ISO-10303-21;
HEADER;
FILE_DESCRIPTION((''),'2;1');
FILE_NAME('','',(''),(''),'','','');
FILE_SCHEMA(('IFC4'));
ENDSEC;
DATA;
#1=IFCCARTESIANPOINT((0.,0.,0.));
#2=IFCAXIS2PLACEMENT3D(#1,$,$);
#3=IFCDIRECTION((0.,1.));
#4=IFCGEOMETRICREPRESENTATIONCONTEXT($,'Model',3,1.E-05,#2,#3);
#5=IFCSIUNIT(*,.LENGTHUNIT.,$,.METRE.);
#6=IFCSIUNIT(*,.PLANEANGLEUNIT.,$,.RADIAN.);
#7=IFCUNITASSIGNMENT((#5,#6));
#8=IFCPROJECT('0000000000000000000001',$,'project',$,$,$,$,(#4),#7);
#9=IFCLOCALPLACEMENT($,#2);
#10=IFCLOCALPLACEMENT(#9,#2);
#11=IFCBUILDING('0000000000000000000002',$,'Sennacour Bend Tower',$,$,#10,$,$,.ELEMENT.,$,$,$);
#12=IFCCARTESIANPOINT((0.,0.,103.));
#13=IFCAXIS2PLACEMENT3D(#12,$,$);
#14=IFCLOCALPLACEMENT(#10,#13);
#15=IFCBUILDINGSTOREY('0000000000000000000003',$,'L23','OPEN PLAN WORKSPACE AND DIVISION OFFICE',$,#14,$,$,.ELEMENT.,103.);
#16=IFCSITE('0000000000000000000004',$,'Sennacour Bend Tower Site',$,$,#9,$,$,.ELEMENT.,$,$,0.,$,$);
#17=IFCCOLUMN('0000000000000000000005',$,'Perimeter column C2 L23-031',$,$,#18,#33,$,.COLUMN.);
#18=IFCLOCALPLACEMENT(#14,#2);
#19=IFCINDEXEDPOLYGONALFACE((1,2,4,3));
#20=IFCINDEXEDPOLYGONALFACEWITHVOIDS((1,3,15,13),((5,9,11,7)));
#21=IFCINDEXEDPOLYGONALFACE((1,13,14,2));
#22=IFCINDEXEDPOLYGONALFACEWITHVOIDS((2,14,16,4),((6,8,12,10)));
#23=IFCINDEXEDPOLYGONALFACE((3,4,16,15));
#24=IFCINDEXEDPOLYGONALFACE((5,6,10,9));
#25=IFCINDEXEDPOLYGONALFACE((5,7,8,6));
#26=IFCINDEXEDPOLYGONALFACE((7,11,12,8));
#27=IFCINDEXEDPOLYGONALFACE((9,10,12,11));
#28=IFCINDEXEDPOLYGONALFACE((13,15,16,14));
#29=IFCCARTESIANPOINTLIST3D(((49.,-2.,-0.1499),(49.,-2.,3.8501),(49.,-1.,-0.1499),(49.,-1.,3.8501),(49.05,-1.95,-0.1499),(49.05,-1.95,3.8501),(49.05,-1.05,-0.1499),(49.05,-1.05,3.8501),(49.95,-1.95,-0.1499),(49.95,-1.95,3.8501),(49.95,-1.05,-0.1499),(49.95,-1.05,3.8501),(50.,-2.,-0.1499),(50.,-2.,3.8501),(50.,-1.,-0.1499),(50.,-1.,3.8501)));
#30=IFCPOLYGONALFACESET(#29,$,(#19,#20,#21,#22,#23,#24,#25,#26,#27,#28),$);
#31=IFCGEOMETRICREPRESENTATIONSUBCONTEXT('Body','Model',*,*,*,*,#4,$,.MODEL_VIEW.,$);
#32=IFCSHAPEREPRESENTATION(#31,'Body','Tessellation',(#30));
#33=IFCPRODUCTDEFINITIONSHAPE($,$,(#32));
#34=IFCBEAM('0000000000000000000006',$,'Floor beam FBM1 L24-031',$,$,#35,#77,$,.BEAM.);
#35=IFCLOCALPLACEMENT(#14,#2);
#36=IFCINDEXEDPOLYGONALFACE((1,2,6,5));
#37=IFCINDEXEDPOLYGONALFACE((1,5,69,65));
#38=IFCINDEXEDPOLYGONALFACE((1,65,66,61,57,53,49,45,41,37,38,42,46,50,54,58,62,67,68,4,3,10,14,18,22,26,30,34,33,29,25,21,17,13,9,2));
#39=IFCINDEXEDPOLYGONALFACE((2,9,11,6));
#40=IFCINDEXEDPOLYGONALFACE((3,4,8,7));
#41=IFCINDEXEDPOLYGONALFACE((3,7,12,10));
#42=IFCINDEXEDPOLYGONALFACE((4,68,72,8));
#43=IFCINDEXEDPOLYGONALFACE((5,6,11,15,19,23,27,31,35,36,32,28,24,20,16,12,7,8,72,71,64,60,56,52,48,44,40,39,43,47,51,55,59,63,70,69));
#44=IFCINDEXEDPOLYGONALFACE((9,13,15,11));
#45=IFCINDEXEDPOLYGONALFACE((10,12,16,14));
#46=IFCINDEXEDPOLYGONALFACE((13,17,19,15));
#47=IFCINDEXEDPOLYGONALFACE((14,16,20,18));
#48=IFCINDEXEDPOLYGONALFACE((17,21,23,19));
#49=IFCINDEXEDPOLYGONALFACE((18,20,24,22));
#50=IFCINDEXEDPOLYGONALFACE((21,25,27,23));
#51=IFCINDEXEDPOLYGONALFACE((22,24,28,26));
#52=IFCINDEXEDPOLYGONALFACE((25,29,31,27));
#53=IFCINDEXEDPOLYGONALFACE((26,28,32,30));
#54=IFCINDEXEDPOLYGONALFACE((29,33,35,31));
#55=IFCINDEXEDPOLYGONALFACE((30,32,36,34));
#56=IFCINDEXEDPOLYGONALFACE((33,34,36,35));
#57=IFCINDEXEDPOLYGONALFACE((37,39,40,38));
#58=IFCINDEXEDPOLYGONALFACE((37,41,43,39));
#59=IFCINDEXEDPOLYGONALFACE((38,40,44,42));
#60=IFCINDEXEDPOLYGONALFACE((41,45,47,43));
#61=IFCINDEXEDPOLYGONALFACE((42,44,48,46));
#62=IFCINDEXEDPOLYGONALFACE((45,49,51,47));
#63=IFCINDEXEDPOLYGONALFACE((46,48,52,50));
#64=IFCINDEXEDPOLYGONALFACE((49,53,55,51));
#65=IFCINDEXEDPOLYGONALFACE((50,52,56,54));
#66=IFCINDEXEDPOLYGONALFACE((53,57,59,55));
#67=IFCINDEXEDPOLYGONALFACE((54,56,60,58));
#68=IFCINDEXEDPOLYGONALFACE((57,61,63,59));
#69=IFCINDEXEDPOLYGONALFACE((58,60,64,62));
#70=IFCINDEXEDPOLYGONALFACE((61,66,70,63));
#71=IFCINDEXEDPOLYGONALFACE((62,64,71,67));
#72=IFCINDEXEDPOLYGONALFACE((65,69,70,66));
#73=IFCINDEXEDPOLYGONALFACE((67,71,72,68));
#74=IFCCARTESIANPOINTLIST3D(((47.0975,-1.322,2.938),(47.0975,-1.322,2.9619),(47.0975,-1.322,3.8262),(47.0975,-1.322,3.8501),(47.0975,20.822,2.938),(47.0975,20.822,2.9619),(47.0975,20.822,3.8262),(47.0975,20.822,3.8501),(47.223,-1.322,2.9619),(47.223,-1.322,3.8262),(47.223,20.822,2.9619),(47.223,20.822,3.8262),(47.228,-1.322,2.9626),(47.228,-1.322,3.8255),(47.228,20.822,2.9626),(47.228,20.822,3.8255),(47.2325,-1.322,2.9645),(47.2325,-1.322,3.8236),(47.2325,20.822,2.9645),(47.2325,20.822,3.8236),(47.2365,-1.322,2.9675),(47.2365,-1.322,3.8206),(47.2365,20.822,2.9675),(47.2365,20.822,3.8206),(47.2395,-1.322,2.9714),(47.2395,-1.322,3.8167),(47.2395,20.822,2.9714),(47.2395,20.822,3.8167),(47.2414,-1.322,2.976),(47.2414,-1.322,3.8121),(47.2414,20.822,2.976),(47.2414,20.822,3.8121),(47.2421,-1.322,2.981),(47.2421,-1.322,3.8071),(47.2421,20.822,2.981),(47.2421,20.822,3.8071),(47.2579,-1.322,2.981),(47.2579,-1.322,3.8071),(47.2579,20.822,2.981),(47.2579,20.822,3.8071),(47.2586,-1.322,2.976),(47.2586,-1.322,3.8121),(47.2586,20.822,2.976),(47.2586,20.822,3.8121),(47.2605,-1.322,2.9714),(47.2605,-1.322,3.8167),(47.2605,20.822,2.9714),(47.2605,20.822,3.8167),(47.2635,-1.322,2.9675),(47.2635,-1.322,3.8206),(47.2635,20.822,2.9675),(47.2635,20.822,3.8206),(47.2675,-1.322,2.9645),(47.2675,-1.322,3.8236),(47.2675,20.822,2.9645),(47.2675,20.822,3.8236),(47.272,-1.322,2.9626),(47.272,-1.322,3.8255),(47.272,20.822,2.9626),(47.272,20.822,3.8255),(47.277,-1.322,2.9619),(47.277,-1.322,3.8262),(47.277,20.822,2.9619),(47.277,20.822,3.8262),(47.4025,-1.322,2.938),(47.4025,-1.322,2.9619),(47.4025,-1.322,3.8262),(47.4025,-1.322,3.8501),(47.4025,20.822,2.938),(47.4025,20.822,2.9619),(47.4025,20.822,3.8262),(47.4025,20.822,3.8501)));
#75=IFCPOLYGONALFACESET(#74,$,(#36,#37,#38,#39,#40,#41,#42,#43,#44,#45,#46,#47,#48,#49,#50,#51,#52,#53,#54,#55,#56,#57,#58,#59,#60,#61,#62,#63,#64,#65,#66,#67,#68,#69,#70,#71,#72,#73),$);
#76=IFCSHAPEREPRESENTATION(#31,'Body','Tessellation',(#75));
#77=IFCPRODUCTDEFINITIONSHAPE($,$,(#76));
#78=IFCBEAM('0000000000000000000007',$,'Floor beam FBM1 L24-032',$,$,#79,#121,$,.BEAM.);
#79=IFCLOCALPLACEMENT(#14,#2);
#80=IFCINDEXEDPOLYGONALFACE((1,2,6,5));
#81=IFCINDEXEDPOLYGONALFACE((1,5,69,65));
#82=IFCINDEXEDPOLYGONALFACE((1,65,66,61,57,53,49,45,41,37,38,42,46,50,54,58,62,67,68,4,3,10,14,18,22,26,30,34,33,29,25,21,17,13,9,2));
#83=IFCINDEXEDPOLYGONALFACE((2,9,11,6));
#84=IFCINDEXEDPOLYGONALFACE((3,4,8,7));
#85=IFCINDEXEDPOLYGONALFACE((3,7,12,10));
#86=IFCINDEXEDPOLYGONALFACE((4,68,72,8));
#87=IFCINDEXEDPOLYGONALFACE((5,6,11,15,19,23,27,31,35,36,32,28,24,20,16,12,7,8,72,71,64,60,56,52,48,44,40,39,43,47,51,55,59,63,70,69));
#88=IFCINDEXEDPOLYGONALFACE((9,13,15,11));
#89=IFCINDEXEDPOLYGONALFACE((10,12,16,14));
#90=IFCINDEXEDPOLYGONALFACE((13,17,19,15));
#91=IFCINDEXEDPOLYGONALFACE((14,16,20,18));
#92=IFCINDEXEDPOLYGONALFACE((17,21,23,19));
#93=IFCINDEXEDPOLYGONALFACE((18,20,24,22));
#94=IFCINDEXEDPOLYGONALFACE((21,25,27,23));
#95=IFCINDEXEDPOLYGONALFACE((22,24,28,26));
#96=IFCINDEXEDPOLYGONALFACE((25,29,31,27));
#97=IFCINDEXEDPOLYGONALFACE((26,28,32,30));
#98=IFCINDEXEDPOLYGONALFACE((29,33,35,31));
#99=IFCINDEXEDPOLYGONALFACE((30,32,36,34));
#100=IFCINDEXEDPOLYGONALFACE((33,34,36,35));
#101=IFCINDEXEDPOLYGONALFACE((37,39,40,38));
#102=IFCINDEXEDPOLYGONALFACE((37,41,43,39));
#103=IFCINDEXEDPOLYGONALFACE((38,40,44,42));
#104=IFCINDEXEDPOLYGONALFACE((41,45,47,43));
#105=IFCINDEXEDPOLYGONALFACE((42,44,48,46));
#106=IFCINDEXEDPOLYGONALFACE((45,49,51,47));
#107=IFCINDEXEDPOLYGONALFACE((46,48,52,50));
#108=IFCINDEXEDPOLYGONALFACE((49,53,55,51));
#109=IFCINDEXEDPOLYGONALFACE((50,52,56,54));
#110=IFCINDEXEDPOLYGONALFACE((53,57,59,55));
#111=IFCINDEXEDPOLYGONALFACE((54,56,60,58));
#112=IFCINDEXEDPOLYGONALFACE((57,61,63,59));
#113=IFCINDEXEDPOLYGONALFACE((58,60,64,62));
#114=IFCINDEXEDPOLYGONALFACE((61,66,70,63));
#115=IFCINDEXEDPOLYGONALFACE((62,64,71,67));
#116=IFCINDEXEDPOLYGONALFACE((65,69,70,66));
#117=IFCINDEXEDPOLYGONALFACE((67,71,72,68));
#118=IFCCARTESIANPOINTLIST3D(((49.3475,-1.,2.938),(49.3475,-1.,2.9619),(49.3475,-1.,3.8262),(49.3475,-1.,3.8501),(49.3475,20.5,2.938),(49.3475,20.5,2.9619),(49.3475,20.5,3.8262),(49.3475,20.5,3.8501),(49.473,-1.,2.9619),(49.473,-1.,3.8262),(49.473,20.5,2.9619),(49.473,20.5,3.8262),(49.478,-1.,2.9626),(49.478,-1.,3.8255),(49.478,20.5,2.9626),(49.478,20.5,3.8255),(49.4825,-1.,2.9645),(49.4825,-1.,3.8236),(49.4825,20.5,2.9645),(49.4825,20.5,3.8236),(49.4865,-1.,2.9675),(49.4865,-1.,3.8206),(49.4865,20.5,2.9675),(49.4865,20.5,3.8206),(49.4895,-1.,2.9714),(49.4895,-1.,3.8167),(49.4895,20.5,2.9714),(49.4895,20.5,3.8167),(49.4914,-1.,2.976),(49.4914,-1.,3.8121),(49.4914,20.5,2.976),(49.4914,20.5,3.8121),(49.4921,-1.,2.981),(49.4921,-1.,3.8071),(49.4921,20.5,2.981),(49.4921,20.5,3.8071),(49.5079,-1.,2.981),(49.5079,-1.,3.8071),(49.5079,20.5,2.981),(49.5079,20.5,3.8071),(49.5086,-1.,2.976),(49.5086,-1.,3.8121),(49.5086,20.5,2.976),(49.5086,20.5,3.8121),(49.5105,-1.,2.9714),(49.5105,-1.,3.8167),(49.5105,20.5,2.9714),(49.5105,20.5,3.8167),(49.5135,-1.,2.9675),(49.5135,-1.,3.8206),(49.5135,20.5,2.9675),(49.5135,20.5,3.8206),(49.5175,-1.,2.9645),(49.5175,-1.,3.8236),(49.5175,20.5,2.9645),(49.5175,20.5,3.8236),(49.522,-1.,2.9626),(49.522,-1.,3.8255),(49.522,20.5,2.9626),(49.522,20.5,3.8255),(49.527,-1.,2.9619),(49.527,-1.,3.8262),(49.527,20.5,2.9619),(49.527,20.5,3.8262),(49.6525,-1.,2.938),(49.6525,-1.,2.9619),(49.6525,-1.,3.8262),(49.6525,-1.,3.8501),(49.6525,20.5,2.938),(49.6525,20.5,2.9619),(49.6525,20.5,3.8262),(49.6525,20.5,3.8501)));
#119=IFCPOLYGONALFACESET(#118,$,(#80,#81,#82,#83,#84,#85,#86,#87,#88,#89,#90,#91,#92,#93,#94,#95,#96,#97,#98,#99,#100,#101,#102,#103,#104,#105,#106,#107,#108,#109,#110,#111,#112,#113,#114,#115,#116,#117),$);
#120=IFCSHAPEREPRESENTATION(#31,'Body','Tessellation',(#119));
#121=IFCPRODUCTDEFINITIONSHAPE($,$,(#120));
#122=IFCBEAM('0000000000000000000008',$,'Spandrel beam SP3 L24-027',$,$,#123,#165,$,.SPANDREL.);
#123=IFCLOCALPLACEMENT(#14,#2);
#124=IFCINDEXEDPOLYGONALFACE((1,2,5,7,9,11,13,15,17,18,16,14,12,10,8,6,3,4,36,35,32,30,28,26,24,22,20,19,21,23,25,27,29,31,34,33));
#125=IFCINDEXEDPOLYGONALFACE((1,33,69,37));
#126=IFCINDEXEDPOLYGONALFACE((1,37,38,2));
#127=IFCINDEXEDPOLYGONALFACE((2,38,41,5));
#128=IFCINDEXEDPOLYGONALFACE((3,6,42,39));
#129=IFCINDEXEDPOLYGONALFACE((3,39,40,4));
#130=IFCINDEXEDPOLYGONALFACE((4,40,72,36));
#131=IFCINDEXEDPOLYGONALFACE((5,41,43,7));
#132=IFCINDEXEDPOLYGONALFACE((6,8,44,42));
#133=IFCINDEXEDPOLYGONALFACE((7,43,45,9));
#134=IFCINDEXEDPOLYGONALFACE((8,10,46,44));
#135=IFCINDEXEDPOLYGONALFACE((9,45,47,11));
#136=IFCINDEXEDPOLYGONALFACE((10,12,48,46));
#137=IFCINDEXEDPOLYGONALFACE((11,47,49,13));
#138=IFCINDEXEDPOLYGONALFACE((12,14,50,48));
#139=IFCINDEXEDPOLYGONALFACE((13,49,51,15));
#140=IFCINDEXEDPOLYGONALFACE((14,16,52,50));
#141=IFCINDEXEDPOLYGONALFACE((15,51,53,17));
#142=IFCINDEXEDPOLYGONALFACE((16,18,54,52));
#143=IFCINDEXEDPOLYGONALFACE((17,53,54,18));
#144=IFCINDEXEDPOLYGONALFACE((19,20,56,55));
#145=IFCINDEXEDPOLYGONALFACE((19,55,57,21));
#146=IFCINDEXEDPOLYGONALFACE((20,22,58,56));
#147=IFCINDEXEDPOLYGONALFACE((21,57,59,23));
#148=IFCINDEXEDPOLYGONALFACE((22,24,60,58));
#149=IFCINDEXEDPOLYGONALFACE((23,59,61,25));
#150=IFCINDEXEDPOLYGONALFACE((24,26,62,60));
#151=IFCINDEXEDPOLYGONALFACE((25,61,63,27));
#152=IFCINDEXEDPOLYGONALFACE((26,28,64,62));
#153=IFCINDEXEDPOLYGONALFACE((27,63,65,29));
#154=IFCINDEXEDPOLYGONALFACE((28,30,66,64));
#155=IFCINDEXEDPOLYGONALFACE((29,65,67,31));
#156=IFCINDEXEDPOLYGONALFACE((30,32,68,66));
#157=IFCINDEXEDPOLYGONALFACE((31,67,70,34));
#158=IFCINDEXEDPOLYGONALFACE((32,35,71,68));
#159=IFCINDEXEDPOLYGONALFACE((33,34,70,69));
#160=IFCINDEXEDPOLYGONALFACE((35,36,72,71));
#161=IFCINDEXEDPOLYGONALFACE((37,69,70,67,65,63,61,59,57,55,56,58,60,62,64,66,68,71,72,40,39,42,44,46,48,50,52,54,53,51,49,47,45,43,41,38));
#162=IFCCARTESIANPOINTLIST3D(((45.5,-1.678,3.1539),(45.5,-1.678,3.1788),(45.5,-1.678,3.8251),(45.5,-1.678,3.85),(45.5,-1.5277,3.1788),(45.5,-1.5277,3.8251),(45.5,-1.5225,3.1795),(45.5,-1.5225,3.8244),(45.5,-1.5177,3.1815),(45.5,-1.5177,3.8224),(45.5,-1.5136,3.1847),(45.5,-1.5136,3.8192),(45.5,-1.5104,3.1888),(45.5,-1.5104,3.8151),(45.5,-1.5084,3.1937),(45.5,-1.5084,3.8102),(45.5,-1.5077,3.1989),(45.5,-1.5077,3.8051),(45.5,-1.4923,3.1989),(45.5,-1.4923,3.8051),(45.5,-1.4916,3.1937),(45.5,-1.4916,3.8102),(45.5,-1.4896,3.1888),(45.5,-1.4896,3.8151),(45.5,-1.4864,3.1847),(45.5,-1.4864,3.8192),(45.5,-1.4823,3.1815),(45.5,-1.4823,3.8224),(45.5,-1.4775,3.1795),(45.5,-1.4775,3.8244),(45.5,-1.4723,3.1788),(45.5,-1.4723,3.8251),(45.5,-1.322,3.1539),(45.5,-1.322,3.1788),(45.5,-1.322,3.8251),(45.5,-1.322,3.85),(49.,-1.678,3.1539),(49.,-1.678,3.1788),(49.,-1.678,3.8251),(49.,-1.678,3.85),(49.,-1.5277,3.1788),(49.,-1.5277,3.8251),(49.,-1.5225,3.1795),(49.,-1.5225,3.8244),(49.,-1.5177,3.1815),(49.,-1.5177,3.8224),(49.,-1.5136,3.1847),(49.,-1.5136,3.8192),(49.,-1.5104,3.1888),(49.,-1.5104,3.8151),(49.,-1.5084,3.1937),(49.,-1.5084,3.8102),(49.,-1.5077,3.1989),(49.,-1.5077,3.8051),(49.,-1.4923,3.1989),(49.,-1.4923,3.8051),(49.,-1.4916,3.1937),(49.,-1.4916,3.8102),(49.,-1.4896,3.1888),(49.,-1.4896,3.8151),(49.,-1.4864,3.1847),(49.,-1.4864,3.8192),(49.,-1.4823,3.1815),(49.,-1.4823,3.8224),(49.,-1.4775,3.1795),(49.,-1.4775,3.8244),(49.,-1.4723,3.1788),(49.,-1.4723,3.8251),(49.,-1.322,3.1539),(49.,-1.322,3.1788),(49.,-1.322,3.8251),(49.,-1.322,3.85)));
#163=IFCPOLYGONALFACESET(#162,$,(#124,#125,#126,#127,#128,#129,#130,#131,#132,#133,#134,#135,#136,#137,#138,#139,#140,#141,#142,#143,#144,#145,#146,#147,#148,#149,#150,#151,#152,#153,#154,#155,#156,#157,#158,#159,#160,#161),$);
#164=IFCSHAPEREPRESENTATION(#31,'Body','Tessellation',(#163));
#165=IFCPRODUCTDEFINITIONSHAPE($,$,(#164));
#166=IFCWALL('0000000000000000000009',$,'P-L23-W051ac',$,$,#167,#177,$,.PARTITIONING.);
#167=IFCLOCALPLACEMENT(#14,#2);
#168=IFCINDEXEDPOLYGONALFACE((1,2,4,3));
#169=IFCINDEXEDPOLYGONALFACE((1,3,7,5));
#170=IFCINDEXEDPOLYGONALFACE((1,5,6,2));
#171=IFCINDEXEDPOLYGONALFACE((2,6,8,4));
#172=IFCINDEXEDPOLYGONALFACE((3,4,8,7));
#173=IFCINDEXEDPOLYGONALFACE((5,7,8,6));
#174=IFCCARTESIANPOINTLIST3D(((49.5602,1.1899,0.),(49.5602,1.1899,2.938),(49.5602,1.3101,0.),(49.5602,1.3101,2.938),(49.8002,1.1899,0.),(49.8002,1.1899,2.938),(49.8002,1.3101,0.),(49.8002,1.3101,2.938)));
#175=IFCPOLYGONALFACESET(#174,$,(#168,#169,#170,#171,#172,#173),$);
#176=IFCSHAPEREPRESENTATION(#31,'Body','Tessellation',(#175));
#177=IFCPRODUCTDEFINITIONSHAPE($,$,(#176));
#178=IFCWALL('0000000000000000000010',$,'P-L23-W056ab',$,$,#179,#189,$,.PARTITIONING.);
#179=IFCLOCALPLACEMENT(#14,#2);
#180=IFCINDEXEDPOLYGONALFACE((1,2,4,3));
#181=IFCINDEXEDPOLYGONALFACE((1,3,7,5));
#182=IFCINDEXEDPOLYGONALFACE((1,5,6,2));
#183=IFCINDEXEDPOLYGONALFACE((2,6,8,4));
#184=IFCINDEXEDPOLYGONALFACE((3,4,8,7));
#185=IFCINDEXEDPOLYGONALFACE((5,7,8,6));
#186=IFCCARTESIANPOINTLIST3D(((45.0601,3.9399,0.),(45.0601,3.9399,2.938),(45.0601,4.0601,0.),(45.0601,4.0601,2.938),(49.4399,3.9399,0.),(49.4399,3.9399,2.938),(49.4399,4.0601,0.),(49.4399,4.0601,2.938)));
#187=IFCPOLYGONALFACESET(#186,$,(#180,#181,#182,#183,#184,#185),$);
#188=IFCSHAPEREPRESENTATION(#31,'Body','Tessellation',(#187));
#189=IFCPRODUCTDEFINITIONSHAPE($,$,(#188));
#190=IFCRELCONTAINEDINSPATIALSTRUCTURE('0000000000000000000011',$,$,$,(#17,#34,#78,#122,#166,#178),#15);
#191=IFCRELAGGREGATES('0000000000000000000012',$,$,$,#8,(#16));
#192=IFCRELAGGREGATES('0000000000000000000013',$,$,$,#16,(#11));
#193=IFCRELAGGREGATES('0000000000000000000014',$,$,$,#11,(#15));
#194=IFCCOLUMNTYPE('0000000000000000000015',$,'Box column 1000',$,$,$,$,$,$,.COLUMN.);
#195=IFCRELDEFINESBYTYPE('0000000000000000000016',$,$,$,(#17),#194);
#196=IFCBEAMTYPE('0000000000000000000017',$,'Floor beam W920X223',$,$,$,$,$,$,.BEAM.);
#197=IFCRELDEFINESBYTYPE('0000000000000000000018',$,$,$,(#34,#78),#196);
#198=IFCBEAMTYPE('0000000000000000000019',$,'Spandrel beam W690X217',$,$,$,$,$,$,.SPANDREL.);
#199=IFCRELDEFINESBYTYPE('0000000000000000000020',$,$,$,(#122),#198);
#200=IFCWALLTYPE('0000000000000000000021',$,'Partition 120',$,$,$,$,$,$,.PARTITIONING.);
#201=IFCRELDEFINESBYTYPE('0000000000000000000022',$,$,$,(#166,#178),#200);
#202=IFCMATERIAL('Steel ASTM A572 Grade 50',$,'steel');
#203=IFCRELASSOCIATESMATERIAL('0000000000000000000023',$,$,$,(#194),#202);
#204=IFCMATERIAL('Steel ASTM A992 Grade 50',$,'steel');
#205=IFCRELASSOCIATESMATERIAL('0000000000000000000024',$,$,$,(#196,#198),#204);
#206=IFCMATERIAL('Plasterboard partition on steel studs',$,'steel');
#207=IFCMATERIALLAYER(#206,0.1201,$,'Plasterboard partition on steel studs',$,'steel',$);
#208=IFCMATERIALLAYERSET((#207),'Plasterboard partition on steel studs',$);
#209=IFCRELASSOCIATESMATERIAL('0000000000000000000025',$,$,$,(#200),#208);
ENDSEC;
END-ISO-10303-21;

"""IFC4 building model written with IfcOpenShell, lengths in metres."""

from ifc_helpers import new_model, si_unit, direction, frame, frame_2d, origin, origin_2d, place, context, subcontext, project, spatial, rectangle, hollow_rectangle, i_section, extrude, material, layer, layer_set, material_profile, profile_set, type_object, element, save


model = new_model("IFC4")

# Units and contexts
model_context = context("Model", 3, precision=1e-05, world=origin(), true_north=direction((0.0, 1.0)))
body_context = subcontext(model_context, "Body", "Model", "MODEL_VIEW")
ifc_project = project(units=[si_unit("LENGTHUNIT", "METRE"), si_unit("PLANEANGLEUNIT", "RADIAN")], contexts=[model_context])

# Site, building, storey
site_placement = place(None, origin())
site = spatial("IfcSite", under=ifc_project, at=site_placement, Name="Sennacour Bend Tower Site", CompositionType="ELEMENT", RefElevation=0.0)
building_placement = place(site_placement, origin())
building = spatial("IfcBuilding", under=site, at=building_placement, Name="Sennacour Bend Tower", CompositionType="ELEMENT")
storey_placement = place(building_placement, frame((0.0, 0.0, 103.0)))
storey = spatial("IfcBuildingStorey", under=building, at=storey_placement, Name="L23", Description="OPEN PLAN WORKSPACE AND DIVISION OFFICE", CompositionType="ELEMENT", Elevation=103.0)

# Column
ifc_material_1 = material(Name="Steel ASTM A572 Grade 50", Category="steel")
ifc_material_profile_1 = material_profile(ifc_material_1, hollow_rectangle(XDim=1.0, YDim=1.0, WallThickness=0.05, at=origin_2d()), Name="Steel ASTM A572 Grade 50", Category="steel")
ifc_profile_set_1 = profile_set([ifc_material_profile_1], Name="Steel ASTM A572 Grade 50")
column_type = type_object("IfcColumnType", Name="Box column 1000", PredefinedType="COLUMN", material=ifc_profile_set_1)
column_placement = place(storey_placement, frame((49.5, -1.5, -0.1499), z_axis=(0.0, 0.0, 1.0), x_axis=(1.0, 0.0, 0.0)))
element("IfcColumn", 1, at=column_placement, inside=storey, type_object=column_type, Name="Perimeter column C2 L23-031", PredefinedType="COLUMN", context=body_context, shape_type="SweptSolid", body=[
    extrude(hollow_rectangle(XDim=1.0, YDim=1.0, WallThickness=0.05, at=origin_2d()), origin(), (0.0, 0.0, 1.0), 4.0),
])

# Beams
ifc_material_2 = material(Name="Steel ASTM A992 Grade 50", Category="steel")
ifc_material_profile_2 = material_profile(ifc_material_2, i_section(OverallWidth=0.3049, OverallDepth=0.9121, WebThickness=0.0159, FlangeThickness=0.0239, FilletRadius=0.019, at=origin_2d()), Name="Steel ASTM A992 Grade 50", Category="steel")
ifc_profile_set_2 = profile_set([ifc_material_profile_2], Name="Steel ASTM A992 Grade 50")
beam_type_1 = type_object("IfcBeamType", Name="Floor beam W920X223", PredefinedType="BEAM", material=ifc_profile_set_2)
beam_1_placement = place(storey_placement, frame((47.25, -1.322, 3.394), z_axis=(0.0, 1.0, 0.0), x_axis=(-1.0, 0.0, 0.0)))
element("IfcBeam", 2, at=beam_1_placement, inside=storey, type_object=beam_type_1, Name="Floor beam FBM1 L24-031", PredefinedType="BEAM", context=body_context, shape_type="SweptSolid", body=[
    extrude(i_section(OverallWidth=0.3049, OverallDepth=0.9121, WebThickness=0.0159, FlangeThickness=0.0239, FilletRadius=0.019, at=origin_2d()), origin(), (0.0, 0.0, 1.0), 22.144),
])
beam_2_placement = place(storey_placement, frame((49.5, -1.0, 3.394), z_axis=(0.0, 1.0, 0.0), x_axis=(-1.0, 0.0, 0.0)))
element("IfcBeam", 3, at=beam_2_placement, inside=storey, type_object=beam_type_1, Name="Floor beam FBM1 L24-032", PredefinedType="BEAM", context=body_context, shape_type="SweptSolid", body=[
    extrude(i_section(OverallWidth=0.3049, OverallDepth=0.9121, WebThickness=0.0159, FlangeThickness=0.0239, FilletRadius=0.019, at=origin_2d()), origin(), (0.0, 0.0, 1.0), 21.5),
])
ifc_material_profile_3 = material_profile(ifc_material_2, i_section(OverallWidth=0.356, OverallDepth=0.696, WebThickness=0.0154, FlangeThickness=0.0249, FilletRadius=0.02, at=origin_2d()), Name="Steel ASTM A992 Grade 50", Category="steel")
ifc_profile_set_3 = profile_set([ifc_material_profile_3], Name="Steel ASTM A992 Grade 50")
beam_type_2 = type_object("IfcBeamType", Name="Spandrel beam W690X217", PredefinedType="SPANDREL", material=ifc_profile_set_3)
beam_3_placement = place(storey_placement, frame((49.0, -1.5, 3.502), z_axis=(-1.0, 0.0, 0.0), x_axis=(0.0, -1.0, 0.0)))
element("IfcBeam", 4, at=beam_3_placement, inside=storey, type_object=beam_type_2, Name="Spandrel beam SP3 L24-027", PredefinedType="SPANDREL", context=body_context, shape_type="SweptSolid", body=[
    extrude(i_section(OverallWidth=0.356, OverallDepth=0.696, WebThickness=0.0154, FlangeThickness=0.0249, FilletRadius=0.02, at=origin_2d()), origin(), (0.0, 0.0, 1.0), 3.5),
])

# Walls
ifc_material_3 = material(Name="Plasterboard partition on steel studs", Category="steel")
ifc_layer_1 = layer(ifc_material_3, 0.1201, Name="Plasterboard partition on steel studs", Category="steel")
ifc_layer_set_1 = layer_set([ifc_layer_1], Name="Plasterboard partition on steel studs")
wall_type_1 = type_object("IfcWallType", Name="Partition 120", PredefinedType="PARTITIONING", material=ifc_layer_set_1)
wall_1_placement = place(storey_placement, frame((49.5601, 1.25, 0.0), z_axis=(0.0, 0.0, 1.0), x_axis=(1.0, 0.0, 0.0)))
element("IfcWall", 5, at=wall_1_placement, inside=storey, type_object=wall_type_1, Name="P-L23-W051ac", PredefinedType="PARTITIONING", context=body_context, shape_type="SweptSolid", body=[
    extrude(rectangle(XDim=0.24, YDim=0.1201, at=frame_2d((0.1201, 0.0))), origin(), (0.0, 0.0, 1.0), 2.938),
])
wall_2_placement = place(storey_placement, frame((45.0601, 4.0, 0.0), z_axis=(0.0, 0.0, 1.0), x_axis=(1.0, 0.0, 0.0)))
element("IfcWall", 6, at=wall_2_placement, inside=storey, type_object=wall_type_1, Name="P-L23-W056ab", PredefinedType="PARTITIONING", context=body_context, shape_type="SweptSolid", body=[
    extrude(rectangle(XDim=4.3799, YDim=0.1201, at=frame_2d((2.1899, 0.0))), origin(), (0.0, 0.0, 1.0), 2.938),
])

save(model, "model.ifc")
